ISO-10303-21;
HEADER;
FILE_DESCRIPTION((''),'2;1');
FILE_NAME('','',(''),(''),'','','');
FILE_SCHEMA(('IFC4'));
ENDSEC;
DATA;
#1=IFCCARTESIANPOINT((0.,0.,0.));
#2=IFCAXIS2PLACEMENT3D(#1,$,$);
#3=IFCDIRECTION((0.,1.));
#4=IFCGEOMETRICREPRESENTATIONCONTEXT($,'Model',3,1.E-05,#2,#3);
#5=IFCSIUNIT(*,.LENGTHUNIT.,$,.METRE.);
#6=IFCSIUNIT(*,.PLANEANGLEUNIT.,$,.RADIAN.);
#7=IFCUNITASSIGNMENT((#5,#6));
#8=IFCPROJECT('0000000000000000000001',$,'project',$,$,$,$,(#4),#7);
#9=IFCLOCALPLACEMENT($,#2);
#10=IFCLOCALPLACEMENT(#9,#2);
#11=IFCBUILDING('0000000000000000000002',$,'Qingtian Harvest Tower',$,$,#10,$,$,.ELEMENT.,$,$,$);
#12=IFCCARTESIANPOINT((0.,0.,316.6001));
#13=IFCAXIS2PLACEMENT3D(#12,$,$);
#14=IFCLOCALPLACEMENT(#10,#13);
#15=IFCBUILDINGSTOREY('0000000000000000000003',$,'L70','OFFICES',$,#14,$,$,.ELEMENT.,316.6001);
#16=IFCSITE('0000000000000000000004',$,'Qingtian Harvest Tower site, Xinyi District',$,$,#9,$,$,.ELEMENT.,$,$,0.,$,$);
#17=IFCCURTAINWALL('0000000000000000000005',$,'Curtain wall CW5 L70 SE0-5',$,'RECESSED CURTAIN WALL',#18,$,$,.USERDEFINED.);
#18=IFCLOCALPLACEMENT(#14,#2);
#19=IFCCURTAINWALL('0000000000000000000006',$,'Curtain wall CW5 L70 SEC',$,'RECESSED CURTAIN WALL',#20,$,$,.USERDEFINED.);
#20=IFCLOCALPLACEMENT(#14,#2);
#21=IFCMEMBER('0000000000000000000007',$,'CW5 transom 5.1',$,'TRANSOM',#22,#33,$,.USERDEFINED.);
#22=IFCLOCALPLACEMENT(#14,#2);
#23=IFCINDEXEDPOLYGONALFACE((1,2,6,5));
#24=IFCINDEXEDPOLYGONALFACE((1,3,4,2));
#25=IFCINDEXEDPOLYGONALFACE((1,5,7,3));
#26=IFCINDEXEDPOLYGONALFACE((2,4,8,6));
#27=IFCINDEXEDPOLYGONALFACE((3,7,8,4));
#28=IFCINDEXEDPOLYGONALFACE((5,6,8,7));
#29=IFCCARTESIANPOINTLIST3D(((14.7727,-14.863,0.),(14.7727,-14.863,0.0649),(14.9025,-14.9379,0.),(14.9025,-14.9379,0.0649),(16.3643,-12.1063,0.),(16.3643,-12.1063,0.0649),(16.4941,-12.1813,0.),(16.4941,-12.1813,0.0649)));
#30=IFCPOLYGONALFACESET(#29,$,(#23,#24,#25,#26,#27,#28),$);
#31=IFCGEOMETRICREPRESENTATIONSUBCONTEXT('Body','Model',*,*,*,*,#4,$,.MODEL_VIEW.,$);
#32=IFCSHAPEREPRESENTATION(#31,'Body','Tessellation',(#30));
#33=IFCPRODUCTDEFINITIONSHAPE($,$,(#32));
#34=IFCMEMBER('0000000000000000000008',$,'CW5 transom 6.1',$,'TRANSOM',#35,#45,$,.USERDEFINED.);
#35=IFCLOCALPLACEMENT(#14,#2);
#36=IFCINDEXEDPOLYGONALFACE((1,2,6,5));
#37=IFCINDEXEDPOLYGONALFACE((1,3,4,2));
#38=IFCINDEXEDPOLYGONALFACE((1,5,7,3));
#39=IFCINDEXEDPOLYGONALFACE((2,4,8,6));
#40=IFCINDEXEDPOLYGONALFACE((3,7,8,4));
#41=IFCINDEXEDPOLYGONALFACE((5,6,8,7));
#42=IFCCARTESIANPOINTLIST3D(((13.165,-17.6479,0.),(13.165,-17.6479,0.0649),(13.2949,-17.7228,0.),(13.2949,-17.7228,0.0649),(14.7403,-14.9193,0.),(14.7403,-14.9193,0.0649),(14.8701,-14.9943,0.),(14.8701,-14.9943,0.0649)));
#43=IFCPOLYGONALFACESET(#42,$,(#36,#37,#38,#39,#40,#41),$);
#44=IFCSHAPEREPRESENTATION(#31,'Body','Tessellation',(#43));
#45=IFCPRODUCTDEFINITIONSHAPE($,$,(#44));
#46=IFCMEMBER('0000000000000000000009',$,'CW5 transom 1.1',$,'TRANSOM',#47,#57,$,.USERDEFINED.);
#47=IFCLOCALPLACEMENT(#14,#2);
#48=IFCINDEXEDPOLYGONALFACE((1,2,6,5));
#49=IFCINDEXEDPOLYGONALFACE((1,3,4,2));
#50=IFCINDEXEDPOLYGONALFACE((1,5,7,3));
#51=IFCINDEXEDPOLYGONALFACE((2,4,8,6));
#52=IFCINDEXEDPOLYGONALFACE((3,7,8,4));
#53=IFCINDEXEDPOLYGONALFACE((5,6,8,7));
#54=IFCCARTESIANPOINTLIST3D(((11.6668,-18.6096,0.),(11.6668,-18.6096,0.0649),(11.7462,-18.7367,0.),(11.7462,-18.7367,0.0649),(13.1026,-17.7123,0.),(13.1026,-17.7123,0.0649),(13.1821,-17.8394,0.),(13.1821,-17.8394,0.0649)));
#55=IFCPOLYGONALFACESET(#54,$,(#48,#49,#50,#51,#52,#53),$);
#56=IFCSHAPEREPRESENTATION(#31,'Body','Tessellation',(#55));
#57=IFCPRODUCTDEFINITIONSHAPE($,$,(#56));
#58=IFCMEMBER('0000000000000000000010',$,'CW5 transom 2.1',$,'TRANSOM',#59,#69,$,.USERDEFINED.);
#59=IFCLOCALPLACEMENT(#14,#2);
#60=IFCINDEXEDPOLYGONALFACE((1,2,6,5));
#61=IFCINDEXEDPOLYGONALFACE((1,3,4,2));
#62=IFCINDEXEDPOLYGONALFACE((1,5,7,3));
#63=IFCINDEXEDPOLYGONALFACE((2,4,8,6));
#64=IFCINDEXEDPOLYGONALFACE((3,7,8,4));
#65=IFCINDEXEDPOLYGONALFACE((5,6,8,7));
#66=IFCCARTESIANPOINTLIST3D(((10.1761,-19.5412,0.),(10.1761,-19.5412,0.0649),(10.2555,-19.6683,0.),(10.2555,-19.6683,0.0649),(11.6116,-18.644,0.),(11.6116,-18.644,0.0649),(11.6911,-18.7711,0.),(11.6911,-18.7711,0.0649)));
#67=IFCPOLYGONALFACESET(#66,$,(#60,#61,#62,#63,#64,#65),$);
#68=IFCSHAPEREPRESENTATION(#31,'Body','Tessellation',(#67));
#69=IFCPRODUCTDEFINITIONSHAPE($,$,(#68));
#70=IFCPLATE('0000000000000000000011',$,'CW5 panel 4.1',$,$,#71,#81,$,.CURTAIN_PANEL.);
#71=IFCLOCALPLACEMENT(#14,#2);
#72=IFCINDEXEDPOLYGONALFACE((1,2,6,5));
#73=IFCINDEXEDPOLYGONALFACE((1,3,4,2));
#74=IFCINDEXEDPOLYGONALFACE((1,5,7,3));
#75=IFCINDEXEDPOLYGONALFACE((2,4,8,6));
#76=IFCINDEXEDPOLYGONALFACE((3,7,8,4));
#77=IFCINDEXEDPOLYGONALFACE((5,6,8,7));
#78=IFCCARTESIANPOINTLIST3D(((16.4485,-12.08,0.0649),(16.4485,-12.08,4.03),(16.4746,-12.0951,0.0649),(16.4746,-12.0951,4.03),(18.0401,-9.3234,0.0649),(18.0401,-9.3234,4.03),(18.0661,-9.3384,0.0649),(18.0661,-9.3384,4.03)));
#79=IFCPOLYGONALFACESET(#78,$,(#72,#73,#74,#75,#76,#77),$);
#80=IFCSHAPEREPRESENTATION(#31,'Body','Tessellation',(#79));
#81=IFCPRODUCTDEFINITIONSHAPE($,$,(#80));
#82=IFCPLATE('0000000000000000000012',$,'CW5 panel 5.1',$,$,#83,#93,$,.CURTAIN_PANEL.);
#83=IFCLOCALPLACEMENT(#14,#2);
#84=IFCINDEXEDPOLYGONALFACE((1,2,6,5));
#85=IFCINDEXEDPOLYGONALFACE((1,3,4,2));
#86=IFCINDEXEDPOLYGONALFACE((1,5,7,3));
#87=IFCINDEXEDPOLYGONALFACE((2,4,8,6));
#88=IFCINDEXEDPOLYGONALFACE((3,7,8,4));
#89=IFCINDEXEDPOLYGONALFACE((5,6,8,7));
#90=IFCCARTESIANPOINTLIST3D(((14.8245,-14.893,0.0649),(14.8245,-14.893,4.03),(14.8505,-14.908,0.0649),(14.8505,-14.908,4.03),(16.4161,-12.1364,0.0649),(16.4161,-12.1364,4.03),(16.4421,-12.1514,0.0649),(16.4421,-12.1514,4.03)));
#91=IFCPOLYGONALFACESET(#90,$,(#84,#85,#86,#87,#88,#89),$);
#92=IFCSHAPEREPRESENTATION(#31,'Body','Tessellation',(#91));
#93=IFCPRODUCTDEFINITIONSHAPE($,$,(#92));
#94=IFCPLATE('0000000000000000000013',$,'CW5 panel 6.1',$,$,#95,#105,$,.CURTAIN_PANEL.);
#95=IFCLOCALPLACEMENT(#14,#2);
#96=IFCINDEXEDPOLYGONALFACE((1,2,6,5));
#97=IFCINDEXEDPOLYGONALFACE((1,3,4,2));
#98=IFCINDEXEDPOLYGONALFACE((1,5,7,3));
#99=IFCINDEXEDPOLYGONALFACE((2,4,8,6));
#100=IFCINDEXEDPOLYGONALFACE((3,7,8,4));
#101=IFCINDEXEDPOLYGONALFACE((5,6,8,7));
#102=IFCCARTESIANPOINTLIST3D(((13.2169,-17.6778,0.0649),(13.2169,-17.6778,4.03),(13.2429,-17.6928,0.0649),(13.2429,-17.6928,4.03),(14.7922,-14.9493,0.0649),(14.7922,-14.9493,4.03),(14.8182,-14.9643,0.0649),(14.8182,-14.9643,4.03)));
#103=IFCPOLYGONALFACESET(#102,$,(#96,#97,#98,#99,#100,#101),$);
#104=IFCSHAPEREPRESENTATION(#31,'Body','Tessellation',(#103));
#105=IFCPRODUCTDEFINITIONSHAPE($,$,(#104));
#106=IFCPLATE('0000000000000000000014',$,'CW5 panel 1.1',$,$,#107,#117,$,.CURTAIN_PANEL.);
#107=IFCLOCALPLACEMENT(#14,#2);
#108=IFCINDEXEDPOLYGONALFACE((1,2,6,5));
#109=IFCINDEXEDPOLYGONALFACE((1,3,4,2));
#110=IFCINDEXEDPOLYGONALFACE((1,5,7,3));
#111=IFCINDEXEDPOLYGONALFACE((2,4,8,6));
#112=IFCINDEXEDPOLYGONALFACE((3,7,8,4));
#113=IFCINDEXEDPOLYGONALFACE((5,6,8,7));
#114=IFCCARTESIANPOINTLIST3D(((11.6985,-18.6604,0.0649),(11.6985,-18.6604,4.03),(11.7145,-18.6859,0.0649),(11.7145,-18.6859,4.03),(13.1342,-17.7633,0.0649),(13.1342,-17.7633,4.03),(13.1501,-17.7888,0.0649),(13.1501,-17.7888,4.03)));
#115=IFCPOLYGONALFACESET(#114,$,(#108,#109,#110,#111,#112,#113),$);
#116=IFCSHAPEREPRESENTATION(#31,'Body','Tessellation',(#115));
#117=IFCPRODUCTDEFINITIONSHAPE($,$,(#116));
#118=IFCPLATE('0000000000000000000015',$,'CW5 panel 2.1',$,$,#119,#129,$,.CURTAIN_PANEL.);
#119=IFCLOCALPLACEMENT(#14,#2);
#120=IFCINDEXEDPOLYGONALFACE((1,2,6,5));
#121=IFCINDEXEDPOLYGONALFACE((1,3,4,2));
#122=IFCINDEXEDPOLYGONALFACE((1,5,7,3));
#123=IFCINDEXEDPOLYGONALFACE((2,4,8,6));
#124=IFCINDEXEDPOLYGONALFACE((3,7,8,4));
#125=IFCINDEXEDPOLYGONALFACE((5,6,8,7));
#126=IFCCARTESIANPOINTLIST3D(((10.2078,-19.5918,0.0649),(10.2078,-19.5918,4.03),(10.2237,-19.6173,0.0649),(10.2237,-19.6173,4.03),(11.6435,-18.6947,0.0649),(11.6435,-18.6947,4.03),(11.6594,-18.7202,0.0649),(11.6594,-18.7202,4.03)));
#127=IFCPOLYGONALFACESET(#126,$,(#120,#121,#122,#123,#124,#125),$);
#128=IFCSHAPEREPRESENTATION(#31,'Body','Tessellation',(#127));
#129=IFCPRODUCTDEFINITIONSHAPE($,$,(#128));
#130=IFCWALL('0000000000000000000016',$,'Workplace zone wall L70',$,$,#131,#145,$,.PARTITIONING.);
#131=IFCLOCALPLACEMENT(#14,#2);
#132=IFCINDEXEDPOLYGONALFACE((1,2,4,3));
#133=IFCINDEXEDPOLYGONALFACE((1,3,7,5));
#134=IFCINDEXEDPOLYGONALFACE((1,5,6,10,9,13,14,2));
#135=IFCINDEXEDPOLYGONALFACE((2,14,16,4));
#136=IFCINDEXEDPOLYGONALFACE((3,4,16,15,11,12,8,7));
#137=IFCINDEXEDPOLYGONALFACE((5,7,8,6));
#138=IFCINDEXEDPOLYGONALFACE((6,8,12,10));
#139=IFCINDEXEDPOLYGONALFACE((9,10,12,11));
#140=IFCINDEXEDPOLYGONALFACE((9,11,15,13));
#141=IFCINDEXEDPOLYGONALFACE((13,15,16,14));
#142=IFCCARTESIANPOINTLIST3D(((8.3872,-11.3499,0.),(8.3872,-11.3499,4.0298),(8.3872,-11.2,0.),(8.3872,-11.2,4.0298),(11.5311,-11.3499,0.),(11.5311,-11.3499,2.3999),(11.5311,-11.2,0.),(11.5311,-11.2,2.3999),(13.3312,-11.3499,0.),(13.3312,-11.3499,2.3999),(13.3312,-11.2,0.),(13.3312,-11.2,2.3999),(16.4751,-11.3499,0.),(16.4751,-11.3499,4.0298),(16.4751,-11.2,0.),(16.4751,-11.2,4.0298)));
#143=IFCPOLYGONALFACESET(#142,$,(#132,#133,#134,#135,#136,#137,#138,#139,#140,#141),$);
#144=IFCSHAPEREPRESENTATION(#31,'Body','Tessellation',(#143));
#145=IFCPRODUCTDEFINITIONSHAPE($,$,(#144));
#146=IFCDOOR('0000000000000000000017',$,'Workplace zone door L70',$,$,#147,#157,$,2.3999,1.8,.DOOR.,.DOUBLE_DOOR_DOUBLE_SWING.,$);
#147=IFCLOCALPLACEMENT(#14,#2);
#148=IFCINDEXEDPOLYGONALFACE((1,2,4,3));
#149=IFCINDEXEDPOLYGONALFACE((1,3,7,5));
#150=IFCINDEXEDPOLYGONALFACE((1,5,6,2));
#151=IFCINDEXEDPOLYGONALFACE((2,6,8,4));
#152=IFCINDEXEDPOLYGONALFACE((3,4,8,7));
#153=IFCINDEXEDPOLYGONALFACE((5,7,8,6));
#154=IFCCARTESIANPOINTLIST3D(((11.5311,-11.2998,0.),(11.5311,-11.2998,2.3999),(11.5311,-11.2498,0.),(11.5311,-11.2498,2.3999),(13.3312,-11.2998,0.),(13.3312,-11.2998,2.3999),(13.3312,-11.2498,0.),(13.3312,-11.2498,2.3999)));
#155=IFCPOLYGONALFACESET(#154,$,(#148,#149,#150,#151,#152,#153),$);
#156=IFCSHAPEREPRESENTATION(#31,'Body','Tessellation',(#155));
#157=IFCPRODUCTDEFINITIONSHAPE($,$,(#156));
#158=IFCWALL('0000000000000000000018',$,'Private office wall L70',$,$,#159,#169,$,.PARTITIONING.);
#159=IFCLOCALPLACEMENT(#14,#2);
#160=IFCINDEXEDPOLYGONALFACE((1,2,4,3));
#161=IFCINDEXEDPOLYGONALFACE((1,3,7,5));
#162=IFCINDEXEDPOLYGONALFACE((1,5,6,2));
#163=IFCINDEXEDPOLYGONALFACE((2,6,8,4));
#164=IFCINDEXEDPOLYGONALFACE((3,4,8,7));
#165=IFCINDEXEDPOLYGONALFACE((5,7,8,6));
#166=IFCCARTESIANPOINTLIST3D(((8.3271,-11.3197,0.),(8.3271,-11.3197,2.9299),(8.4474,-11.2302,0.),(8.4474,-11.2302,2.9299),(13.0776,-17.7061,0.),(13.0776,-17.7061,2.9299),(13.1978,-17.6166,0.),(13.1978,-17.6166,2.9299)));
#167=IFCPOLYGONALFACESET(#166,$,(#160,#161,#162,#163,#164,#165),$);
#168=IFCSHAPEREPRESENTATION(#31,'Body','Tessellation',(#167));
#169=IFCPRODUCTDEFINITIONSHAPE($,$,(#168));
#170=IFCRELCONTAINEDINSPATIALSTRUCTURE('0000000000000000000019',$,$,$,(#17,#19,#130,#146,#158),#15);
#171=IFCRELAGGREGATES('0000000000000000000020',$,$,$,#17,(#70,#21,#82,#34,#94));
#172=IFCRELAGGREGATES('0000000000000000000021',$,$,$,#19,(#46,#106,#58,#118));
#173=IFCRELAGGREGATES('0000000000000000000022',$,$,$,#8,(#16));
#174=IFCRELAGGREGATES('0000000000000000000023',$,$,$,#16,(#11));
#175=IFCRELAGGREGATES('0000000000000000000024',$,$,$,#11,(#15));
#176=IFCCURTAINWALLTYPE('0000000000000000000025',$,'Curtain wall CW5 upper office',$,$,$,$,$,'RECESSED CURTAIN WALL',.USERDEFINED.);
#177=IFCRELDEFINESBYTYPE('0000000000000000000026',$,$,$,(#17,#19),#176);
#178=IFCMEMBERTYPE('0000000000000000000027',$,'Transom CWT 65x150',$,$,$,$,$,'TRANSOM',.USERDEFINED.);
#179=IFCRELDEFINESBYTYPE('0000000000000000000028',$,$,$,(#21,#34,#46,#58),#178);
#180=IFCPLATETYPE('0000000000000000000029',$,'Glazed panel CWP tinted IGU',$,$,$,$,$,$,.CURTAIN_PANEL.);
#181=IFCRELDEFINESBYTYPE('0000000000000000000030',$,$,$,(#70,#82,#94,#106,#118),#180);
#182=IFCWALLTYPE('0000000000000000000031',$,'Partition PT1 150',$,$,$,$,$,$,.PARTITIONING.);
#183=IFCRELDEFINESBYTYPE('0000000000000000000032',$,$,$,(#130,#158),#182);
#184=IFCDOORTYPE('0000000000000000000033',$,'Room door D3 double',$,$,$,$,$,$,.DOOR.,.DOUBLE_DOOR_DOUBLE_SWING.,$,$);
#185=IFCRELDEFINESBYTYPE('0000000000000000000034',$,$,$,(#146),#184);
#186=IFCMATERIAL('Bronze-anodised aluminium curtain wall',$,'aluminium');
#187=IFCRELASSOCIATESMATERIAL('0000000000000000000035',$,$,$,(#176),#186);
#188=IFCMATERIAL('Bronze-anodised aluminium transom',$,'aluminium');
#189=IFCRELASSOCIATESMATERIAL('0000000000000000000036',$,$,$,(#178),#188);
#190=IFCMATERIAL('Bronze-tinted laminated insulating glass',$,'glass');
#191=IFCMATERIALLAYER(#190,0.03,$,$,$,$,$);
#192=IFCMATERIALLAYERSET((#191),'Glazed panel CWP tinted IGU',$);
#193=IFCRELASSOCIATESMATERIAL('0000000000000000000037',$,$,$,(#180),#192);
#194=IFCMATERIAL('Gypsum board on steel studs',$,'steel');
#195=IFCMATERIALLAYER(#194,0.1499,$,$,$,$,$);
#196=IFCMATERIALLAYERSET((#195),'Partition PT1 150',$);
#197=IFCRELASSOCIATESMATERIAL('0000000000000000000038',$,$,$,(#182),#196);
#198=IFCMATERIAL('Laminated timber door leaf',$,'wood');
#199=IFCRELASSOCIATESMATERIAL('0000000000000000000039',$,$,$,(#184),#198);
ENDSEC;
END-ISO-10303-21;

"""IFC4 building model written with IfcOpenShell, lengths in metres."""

from ifc_helpers import new_model, si_unit, direction, frame, frame_2d, origin, origin_2d, place, context, subcontext, project, spatial, rectangle, extrude, material, layer, layer_set, material_profile, profile_set, type_object, element, fill, aggregate, save


model = new_model("IFC4")

# Units and contexts
model_context = context("Model", 3, precision=1e-05, world=origin(), true_north=direction((0.0, 1.0)))
body_context = subcontext(model_context, "Body", "Model", "MODEL_VIEW")
ifc_project = project(units=[si_unit("LENGTHUNIT", "METRE"), si_unit("PLANEANGLEUNIT", "RADIAN")], contexts=[model_context])

# Site, building, storey
site_placement = place(None, origin())
site = spatial("IfcSite", under=ifc_project, at=site_placement, Name="Qingtian Harvest Tower site, Xinyi District", CompositionType="ELEMENT", RefElevation=0.0)
building_placement = place(site_placement, origin())
building = spatial("IfcBuilding", under=site, at=building_placement, Name="Qingtian Harvest Tower", CompositionType="ELEMENT")
storey_placement = place(building_placement, frame((0.0, 0.0, 316.6001)))
storey = spatial("IfcBuildingStorey", under=building, at=storey_placement, Name="L70", Description="OFFICES", CompositionType="ELEMENT", Elevation=316.6001)

# Curtain walls
ifc_material_1 = material(Name="Bronze-anodised aluminium curtain wall", Category="aluminium")
curtain_wall_type = type_object("IfcCurtainWallType", Name="Curtain wall CW5 upper office", ElementType="RECESSED CURTAIN WALL", PredefinedType="USERDEFINED", material=ifc_material_1)
curtain_wall_1_placement = place(storey_placement, origin())
curtain_wall_1 = element("IfcCurtainWall", 1, at=curtain_wall_1_placement, inside=storey, type_object=curtain_wall_type, Name="Curtain wall CW5 L70 SE0-5", ObjectType="RECESSED CURTAIN WALL", PredefinedType="USERDEFINED")
curtain_wall_2_placement = place(storey_placement, origin())
curtain_wall_2 = element("IfcCurtainWall", 2, at=curtain_wall_2_placement, inside=storey, type_object=curtain_wall_type, Name="Curtain wall CW5 L70 SEC", ObjectType="RECESSED CURTAIN WALL", PredefinedType="USERDEFINED")

# Members
ifc_material_2 = material(Name="Bronze-anodised aluminium transom", Category="aluminium")
ifc_material_profile_1 = material_profile(ifc_material_2, rectangle(XDim=0.1499, YDim=0.0649, at=origin_2d()), Name="AL 65x150")
ifc_profile_set_1 = profile_set([ifc_material_profile_1], Name="Bronze-anodised aluminium transom")
member_type_1 = type_object("IfcMemberType", Name="Transom CWT 65x150", ElementType="TRANSOM", PredefinedType="USERDEFINED", material=ifc_profile_set_1)
member_1_placement = place(storey_placement, frame((16.4292, -12.1438, 0.0325), z_axis=(-0.500008, -0.866021, 0.0), x_axis=(0.866021, -0.500008, 0.0)))
member_1 = element("IfcMember", 3, at=member_1_placement, type_object=member_type_1, Name="CW5 transom 5.1", ObjectType="TRANSOM", PredefinedType="USERDEFINED", context=body_context, shape_type="SweptSolid", body=[
    extrude(rectangle(XDim=0.1499, YDim=0.0649, at=origin_2d()), origin(), (0.0, 0.0, 1.0), 3.1831),
])
member_2_placement = place(storey_placement, frame((14.8052, -14.9568, 0.0325), z_axis=(-0.499973, -0.866041, 0.0), x_axis=(0.866041, -0.499973, 0.0)))
member_2 = element("IfcMember", 4, at=member_2_placement, type_object=member_type_1, Name="CW5 transom 6.1", ObjectType="TRANSOM", PredefinedType="USERDEFINED", context=body_context, shape_type="SweptSolid", body=[
    extrude(rectangle(XDim=0.1499, YDim=0.0649, at=origin_2d()), origin(), (0.0, 0.0, 1.0), 3.1506),
])
member_3_placement = place(storey_placement, frame((13.1423, -17.7759, 0.0325), z_axis=(-0.848039, -0.529934, 0.0), x_axis=(0.529934, -0.848039, 0.0)))
member_3 = element("IfcMember", 5, at=member_3_placement, type_object=member_type_1, Name="CW5 transom 1.1", ObjectType="TRANSOM", PredefinedType="USERDEFINED", context=body_context, shape_type="SweptSolid", body=[
    extrude(rectangle(XDim=0.1499, YDim=0.0649, at=origin_2d()), origin(), (0.0, 0.0, 1.0), 1.6931),
])
member_4_placement = place(storey_placement, frame((11.6514, -18.7075, 0.0325), z_axis=(-0.847998, -0.529999, 0.0), x_axis=(0.529999, -0.847998, 0.0)))
member_4 = element("IfcMember", 6, at=member_4_placement, type_object=member_type_1, Name="CW5 transom 2.1", ObjectType="TRANSOM", PredefinedType="USERDEFINED", context=body_context, shape_type="SweptSolid", body=[
    extrude(rectangle(XDim=0.1499, YDim=0.0649, at=origin_2d()), origin(), (0.0, 0.0, 1.0), 1.6929),
])

# Plates
ifc_material_3 = material(Name="Bronze-tinted laminated insulating glass", Category="glass")
ifc_layer_1 = layer(ifc_material_3, 0.03)
ifc_layer_set_1 = layer_set([ifc_layer_1], Name="Glazed panel CWP tinted IGU")
plate_type = type_object("IfcPlateType", Name="Glazed panel CWP tinted IGU", PredefinedType="CURTAIN_PANEL", material=ifc_layer_set_1)
plate_1_placement = place(storey_placement, frame((17.2573, -10.7092, 0.0649), z_axis=(0.0, 0.0, 1.0), x_axis=(-0.5, -0.866025, 0.0)))
plate_1 = element("IfcPlate", 7, at=plate_1_placement, type_object=plate_type, Name="CW5 panel 4.1", PredefinedType="CURTAIN_PANEL", context=body_context, shape_type="SweptSolid", body=[
    extrude(rectangle(XDim=3.1831, YDim=0.03, at=origin_2d()), origin(), (0.0, 0.0, 1.0), 3.9651),
])
plate_2_placement = place(storey_placement, frame((15.6333, -13.5222, 0.0649), z_axis=(0.0, 0.0, 1.0), x_axis=(-0.5, -0.866025, 0.0)))
plate_2 = element("IfcPlate", 8, at=plate_2_placement, type_object=plate_type, Name="CW5 panel 5.1", PredefinedType="CURTAIN_PANEL", context=body_context, shape_type="SweptSolid", body=[
    extrude(rectangle(XDim=3.1831, YDim=0.03, at=origin_2d()), origin(), (0.0, 0.0, 1.0), 3.9651),
])
plate_3_placement = place(storey_placement, frame((14.0176, -16.321, 0.0649), z_axis=(0.0, 0.0, 1.0), x_axis=(-0.5, -0.866025, 0.0)))
plate_3 = element("IfcPlate", 9, at=plate_3_placement, type_object=plate_type, Name="CW5 panel 6.1", PredefinedType="CURTAIN_PANEL", context=body_context, shape_type="SweptSolid", body=[
    extrude(rectangle(XDim=3.1506, YDim=0.03, at=origin_2d()), origin(), (0.0, 0.0, 1.0), 3.9651),
])
aggregate(curtain_wall_1, [plate_1, member_1, plate_2, member_2, plate_3])
plate_4_placement = place(storey_placement, frame((12.4243, -18.2246, 0.0649), z_axis=(0.0, 0.0, 1.0), x_axis=(-0.848048, -0.529919, 0.0)))
plate_4 = element("IfcPlate", 10, at=plate_4_placement, type_object=plate_type, Name="CW5 panel 1.1", PredefinedType="CURTAIN_PANEL", context=body_context, shape_type="SweptSolid", body=[
    extrude(rectangle(XDim=1.6929, YDim=0.03, at=origin_2d()), origin(), (0.0, 0.0, 1.0), 3.9651),
])
plate_5_placement = place(storey_placement, frame((10.9336, -19.156, 0.0649), z_axis=(0.0, 0.0, 1.0), x_axis=(-0.848048, -0.529919, 0.0)))
plate_5 = element("IfcPlate", 11, at=plate_5_placement, type_object=plate_type, Name="CW5 panel 2.1", PredefinedType="CURTAIN_PANEL", context=body_context, shape_type="SweptSolid", body=[
    extrude(rectangle(XDim=1.6929, YDim=0.03, at=origin_2d()), origin(), (0.0, 0.0, 1.0), 3.9651),
])
aggregate(curtain_wall_2, [member_3, plate_4, member_4, plate_5])

# Wall, opening, door
ifc_material_4 = material(Name="Gypsum board on steel studs", Category="steel")
ifc_layer_2 = layer(ifc_material_4, 0.1499)
ifc_layer_set_2 = layer_set([ifc_layer_2], Name="Partition PT1 150")
wall_type = type_object("IfcWallType", Name="Partition PT1 150", PredefinedType="PARTITIONING", material=ifc_layer_set_2)
wall_1_placement = place(storey_placement, frame((16.4751, -11.2749, 0.0), z_axis=(0.0, 0.0, 1.0), x_axis=(-1.0, 0.0, 0.0)))
wall_1 = element("IfcWall", 12, at=wall_1_placement, inside=storey, type_object=wall_type, Name="Workplace zone wall L70", PredefinedType="PARTITIONING", context=body_context, shape_type="SweptSolid", body=[
    extrude(rectangle(XDim=8.0879, YDim=0.1499, at=frame_2d((4.0439, 0.0))), origin(), (0.0, 0.0, 1.0), 4.0298),
])
opening_placement = place(wall_1_placement, frame((3.144, 0.0, 0.0)))
opening = element("IfcOpeningElement", 13, at=opening_placement, cuts=wall_1, PredefinedType="OPENING", context=body_context, shape_type="SweptSolid", body=[
    extrude(rectangle(XDim=1.8, YDim=2.3999, at=frame_2d((0.8999, 1.2))), frame((0.0, 0.085, 0.0), z_axis=(0.0, -1.0, 0.0), x_axis=(1.0, 0.0, 0.0)), (0.0, 0.0, 1.0), 0.1699),
])
ifc_material_5 = material(Name="Laminated timber door leaf", Category="wood")
door_type = type_object("IfcDoorType", Name="Room door D3 double", OperationType="DOUBLE_DOOR_DOUBLE_SWING", PredefinedType="DOOR", material=ifc_material_5)
door_placement = place(opening_placement, origin())
door = element("IfcDoor", 14, at=door_placement, inside=storey, type_object=door_type, Name="Workplace zone door L70", OperationType="DOUBLE_DOOR_DOUBLE_SWING", OverallHeight=2.3999, OverallWidth=1.8, PredefinedType="DOOR", context=body_context, shape_type="SweptSolid", body=[
    extrude(rectangle(XDim=1.8, YDim=2.3999, at=frame_2d((0.8999, 1.2))), frame((0.0, 0.0249, 0.0), z_axis=(0.0, -1.0, 0.0), x_axis=(1.0, 0.0, 0.0)), (0.0, 0.0, 1.0), 0.05),
])
fill(opening, door)

# Wall
wall_2_placement = place(storey_placement, frame((13.1377, -17.6614, 0.0), z_axis=(0.0, 0.0, 1.0), x_axis=(-0.59683, 0.802368, 0.0)))
element("IfcWall", 15, at=wall_2_placement, inside=storey, type_object=wall_type, Name="Private office wall L70", PredefinedType="PARTITIONING", context=body_context, shape_type="SweptSolid", body=[
    extrude(rectangle(XDim=7.9595, YDim=0.1499, at=frame_2d((3.9797, 0.0))), origin(), (0.0, 0.0, 1.0), 2.9299),
])

save(model, "model.ifc")
